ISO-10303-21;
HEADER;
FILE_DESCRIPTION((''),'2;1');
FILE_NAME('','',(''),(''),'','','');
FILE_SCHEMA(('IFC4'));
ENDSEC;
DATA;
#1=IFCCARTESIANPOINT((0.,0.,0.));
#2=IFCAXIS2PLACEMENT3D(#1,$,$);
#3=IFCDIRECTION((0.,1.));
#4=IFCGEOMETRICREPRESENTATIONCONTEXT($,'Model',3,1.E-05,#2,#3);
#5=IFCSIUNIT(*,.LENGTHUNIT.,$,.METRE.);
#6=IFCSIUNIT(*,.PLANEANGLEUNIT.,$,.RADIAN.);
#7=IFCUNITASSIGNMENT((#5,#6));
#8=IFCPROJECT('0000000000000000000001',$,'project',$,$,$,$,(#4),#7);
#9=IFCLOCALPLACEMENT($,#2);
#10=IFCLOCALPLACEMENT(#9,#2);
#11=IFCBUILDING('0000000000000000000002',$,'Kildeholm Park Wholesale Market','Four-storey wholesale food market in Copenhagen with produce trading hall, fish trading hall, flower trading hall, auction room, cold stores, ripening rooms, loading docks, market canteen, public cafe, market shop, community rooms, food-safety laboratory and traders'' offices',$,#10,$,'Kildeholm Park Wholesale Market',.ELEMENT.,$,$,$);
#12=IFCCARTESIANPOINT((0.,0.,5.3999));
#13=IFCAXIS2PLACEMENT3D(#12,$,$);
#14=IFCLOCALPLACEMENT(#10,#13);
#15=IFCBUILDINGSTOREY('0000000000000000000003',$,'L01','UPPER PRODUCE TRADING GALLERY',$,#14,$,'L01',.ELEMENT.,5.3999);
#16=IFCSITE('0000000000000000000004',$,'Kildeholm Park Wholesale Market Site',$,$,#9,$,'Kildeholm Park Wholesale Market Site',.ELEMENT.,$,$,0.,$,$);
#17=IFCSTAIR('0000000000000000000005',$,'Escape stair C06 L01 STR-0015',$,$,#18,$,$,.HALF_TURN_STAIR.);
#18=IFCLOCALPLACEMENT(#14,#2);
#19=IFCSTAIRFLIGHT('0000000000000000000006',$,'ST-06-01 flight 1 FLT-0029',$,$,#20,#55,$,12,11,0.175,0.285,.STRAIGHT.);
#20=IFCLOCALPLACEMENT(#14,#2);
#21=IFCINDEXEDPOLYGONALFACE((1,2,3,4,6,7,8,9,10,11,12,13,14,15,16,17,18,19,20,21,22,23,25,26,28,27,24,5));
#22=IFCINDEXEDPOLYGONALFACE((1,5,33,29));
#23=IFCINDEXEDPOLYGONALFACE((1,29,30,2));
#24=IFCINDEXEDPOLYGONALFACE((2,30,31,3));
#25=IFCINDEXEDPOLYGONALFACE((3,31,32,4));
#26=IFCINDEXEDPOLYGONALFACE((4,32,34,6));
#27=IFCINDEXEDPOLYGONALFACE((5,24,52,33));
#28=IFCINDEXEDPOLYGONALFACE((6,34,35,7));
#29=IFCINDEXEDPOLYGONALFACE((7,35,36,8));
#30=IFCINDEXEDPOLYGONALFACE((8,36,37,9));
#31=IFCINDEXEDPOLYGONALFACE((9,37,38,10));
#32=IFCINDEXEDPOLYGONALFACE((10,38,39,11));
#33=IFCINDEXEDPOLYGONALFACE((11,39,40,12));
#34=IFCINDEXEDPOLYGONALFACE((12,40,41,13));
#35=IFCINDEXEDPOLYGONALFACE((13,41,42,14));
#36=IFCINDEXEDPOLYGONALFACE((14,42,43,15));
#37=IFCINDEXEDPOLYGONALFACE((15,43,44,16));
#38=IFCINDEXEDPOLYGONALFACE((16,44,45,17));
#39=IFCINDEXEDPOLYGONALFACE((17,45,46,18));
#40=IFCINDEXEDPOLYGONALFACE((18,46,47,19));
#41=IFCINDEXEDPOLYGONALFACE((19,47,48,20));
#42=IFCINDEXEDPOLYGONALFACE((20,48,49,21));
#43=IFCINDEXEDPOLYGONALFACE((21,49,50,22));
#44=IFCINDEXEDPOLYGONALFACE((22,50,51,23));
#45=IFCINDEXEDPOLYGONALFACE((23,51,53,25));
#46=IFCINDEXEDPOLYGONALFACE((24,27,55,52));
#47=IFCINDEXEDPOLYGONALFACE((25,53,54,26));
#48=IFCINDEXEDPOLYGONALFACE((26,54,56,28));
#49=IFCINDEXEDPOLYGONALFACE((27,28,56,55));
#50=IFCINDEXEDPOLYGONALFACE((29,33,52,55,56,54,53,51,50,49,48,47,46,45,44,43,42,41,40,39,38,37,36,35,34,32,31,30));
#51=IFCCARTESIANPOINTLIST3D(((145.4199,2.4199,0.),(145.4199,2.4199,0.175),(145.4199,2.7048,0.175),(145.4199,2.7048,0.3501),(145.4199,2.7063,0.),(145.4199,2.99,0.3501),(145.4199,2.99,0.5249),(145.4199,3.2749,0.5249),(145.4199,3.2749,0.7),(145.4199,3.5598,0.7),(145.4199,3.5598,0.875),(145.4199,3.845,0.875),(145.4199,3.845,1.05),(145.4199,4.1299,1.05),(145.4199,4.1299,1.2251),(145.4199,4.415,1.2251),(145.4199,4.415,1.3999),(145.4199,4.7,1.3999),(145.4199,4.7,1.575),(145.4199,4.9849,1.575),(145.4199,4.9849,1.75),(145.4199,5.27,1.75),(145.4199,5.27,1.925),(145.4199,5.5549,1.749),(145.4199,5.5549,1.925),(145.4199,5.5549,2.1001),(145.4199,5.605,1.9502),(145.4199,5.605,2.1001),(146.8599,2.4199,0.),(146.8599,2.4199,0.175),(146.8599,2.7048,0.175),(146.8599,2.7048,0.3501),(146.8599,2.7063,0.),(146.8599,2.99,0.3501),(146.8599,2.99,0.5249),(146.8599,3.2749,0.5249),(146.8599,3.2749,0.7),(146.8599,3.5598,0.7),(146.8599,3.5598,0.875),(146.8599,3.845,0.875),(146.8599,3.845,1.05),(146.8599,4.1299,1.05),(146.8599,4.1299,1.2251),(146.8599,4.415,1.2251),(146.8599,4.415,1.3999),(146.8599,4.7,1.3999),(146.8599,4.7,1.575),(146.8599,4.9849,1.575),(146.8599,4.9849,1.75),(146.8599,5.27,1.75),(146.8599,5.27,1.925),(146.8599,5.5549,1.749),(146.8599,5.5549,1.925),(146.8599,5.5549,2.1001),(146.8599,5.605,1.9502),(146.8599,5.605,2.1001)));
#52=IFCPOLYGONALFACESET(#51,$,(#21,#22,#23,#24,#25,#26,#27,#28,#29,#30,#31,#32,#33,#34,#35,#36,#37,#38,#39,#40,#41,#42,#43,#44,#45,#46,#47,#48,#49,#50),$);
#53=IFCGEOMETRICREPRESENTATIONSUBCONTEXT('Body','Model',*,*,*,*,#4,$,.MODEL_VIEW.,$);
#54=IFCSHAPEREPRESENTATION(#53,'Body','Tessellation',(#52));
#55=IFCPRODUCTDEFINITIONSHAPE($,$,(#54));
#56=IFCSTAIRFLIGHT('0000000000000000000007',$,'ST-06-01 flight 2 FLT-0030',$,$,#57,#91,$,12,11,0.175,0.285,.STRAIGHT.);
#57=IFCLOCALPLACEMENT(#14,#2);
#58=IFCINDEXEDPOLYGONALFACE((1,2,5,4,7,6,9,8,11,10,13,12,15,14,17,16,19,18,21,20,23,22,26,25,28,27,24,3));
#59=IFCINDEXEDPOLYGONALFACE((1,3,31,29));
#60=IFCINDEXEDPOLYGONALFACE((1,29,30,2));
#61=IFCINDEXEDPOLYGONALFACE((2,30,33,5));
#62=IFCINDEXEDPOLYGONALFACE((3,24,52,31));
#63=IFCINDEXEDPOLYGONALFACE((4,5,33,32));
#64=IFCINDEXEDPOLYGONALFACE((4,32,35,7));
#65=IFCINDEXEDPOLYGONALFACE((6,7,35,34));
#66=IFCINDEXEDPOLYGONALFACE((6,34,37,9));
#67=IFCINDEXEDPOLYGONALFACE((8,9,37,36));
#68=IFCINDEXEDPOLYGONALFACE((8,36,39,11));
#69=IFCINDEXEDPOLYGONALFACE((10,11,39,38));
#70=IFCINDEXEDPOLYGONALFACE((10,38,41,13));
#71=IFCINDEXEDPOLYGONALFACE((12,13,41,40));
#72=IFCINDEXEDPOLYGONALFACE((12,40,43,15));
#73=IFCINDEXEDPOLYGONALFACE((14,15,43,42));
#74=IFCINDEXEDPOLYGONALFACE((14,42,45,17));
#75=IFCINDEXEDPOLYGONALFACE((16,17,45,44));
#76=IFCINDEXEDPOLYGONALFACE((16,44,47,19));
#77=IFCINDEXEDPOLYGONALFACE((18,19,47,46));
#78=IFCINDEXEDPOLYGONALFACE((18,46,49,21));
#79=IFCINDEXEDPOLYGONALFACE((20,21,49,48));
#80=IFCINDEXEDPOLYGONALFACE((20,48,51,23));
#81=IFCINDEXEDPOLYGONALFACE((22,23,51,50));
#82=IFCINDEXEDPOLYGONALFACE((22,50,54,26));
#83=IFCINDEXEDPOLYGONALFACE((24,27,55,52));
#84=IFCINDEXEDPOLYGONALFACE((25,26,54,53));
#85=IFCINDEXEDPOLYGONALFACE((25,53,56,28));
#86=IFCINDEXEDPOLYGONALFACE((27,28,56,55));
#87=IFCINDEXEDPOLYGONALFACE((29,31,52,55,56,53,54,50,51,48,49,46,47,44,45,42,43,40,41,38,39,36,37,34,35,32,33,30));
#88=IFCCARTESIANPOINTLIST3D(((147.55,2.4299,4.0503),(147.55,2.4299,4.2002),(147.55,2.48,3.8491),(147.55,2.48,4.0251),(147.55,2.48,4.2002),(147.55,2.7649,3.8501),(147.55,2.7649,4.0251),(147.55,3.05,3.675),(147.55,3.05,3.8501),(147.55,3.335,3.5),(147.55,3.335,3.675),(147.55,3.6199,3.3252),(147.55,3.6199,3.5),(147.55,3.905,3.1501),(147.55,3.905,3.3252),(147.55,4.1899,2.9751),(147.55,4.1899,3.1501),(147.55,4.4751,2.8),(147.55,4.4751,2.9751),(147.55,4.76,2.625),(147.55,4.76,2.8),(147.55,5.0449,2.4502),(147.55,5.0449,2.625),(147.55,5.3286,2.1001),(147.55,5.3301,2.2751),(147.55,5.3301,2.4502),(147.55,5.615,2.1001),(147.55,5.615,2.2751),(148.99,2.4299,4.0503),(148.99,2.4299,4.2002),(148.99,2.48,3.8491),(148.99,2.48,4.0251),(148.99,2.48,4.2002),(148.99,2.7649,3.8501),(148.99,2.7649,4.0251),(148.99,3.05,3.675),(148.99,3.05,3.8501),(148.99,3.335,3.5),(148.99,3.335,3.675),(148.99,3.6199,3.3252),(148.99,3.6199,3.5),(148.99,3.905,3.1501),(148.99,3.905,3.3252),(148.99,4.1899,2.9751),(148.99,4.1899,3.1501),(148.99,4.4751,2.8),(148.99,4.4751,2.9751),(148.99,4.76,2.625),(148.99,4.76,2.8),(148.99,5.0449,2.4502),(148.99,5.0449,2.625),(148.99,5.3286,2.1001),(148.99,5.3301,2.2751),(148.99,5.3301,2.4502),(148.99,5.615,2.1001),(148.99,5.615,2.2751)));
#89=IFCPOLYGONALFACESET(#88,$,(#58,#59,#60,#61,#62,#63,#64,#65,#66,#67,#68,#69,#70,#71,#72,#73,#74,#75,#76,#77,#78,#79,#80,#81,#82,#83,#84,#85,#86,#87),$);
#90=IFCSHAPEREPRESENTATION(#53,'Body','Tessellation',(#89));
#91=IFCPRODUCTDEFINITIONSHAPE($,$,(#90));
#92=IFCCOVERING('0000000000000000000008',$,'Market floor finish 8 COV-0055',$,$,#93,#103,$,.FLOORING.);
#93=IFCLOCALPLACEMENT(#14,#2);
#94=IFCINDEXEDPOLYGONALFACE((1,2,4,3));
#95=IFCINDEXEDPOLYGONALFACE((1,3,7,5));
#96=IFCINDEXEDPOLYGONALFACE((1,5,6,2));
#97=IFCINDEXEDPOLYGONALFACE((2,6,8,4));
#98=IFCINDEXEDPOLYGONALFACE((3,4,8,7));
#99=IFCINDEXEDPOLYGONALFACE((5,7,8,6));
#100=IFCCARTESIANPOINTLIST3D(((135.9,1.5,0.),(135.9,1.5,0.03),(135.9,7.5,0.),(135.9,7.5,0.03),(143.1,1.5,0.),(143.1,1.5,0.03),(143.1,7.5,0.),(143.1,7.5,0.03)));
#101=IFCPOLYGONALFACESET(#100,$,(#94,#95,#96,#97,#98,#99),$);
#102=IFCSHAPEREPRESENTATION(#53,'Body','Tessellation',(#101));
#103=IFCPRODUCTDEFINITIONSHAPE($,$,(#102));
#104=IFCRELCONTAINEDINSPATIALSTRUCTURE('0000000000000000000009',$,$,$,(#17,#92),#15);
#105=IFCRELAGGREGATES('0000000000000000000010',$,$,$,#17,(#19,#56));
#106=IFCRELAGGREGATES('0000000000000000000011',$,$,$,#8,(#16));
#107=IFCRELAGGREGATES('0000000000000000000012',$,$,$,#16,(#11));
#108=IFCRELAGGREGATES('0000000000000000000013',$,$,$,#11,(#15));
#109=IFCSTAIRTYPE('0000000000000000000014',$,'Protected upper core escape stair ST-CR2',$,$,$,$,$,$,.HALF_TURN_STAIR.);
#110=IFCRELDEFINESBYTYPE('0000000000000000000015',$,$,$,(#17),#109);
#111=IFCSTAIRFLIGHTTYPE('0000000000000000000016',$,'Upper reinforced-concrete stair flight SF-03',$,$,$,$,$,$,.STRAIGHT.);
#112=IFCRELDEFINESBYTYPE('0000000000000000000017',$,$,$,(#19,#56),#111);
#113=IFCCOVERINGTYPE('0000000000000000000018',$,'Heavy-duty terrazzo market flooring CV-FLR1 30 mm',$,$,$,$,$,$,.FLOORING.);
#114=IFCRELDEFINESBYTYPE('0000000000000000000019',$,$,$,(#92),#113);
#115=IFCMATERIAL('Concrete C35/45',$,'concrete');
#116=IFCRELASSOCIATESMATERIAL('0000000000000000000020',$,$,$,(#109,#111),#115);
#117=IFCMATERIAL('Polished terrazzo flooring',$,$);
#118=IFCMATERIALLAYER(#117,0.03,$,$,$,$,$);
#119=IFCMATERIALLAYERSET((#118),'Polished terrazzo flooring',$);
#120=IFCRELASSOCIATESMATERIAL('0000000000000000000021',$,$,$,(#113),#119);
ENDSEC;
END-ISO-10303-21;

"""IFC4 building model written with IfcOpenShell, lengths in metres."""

from ifc_helpers import new_model, si_unit, direction, frame, origin, origin_2d, place, context, subcontext, project, spatial, polyline, rectangle, outline, extrude, material, layer, layer_set, type_object, element, aggregate, save


model = new_model("IFC4")

# Units and contexts
model_context = context("Model", 3, precision=1e-05, world=origin(), true_north=direction((0.0, 1.0)))
body_context = subcontext(model_context, "Body", "Model", "MODEL_VIEW")
ifc_project = project(units=[si_unit("LENGTHUNIT", "METRE"), si_unit("PLANEANGLEUNIT", "RADIAN")], contexts=[model_context])

# Site, building, storey
site_placement = place(None, origin())
site = spatial("IfcSite", under=ifc_project, at=site_placement, Name="Kildeholm Park Wholesale Market Site", LongName="Kildeholm Park Wholesale Market Site", CompositionType="ELEMENT", RefElevation=0.0)
building_placement = place(site_placement, origin())
building = spatial("IfcBuilding", under=site, at=building_placement, Name="Kildeholm Park Wholesale Market", Description="Four-storey wholesale food market in Copenhagen with produce trading hall, fish trading hall, flower trading hall, auction room, cold stores, ripening rooms, loading docks, market canteen, public cafe, market shop, community rooms, food-safety laboratory and traders' offices", LongName="Kildeholm Park Wholesale Market", CompositionType="ELEMENT")
storey_placement = place(building_placement, frame((0.0, 0.0, 5.3999)))
storey = spatial("IfcBuildingStorey", under=building, at=storey_placement, Name="L01", Description="UPPER PRODUCE TRADING GALLERY", LongName="L01", CompositionType="ELEMENT", Elevation=5.3999)

# Stair, stair flights
ifc_material_1 = material(Name="Concrete C35/45", Category="concrete")
stair_type = type_object("IfcStairType", Name="Protected upper core escape stair ST-CR2", PredefinedType="HALF_TURN_STAIR", material=ifc_material_1)
stair_placement = place(storey_placement, origin())
stair = element("IfcStair", 1, at=stair_placement, inside=storey, type_object=stair_type, Name="Escape stair C06 L01 STR-0015", PredefinedType="HALF_TURN_STAIR")
stair_flight_type = type_object("IfcStairFlightType", Name="Upper reinforced-concrete stair flight SF-03", PredefinedType="STRAIGHT", material=ifc_material_1)
stair_flight_1_placement = place(storey_placement, frame((146.1399, 2.4199, 0.0), z_axis=(0.0, 0.0, 1.0), x_axis=(0.0, 1.0, 0.0)))
stair_flight_1 = element("IfcStairFlight", 2, at=stair_flight_1_placement, type_object=stair_flight_type, Name="ST-06-01 flight 1 FLT-0029", NumberOfRisers=12, NumberOfTreads=11, PredefinedType="STRAIGHT", RiserHeight=0.175, TreadLength=0.285, context=body_context, shape_type="SweptSolid", body=[
    extrude(outline(polyline([(0.0, 0.0), (0.0, 0.175), (0.2849, 0.175), (0.2849, 0.3501), (0.5701, 0.3501), (0.5701, 0.5249), (0.855, 0.5249), (0.855, 0.7), (1.1399, 0.7), (1.1399, 0.875), (1.425, 0.875), (1.425, 1.05), (1.71, 1.05), (1.71, 1.2251), (1.9951, 1.2251), (1.9951, 1.3999), (2.28, 1.3999), (2.28, 1.575), (2.5649, 1.575), (2.5649, 1.75), (2.8501, 1.75), (2.8501, 1.925), (3.135, 1.925), (3.135, 2.1001), (3.1851, 2.1001), (3.1851, 1.9502), (3.135, 1.749), (0.2864, 0.0), (0.0, 0.0)])), frame((0.0, 0.72, 0.0), z_axis=(0.0, -1.0, 0.0), x_axis=(1.0, 0.0, 0.0)), (0.0, 0.0, 1.0), 1.4399),
])
stair_flight_2_placement = place(storey_placement, frame((148.27, 5.615, 2.1001), z_axis=(0.0, 0.0, 1.0), x_axis=(0.0, -1.0, 0.0)))
stair_flight_2 = element("IfcStairFlight", 3, at=stair_flight_2_placement, type_object=stair_flight_type, Name="ST-06-01 flight 2 FLT-0030", NumberOfRisers=12, NumberOfTreads=11, PredefinedType="STRAIGHT", RiserHeight=0.175, TreadLength=0.285, context=body_context, shape_type="SweptSolid", body=[
    extrude(outline(polyline([(0.0, 0.0), (0.0, 0.175), (0.2849, 0.175), (0.2849, 0.3501), (0.5701, 0.3501), (0.5701, 0.5249), (0.855, 0.5249), (0.855, 0.7), (1.1399, 0.7), (1.1399, 0.875), (1.425, 0.875), (1.425, 1.05), (1.71, 1.05), (1.71, 1.2251), (1.9951, 1.2251), (1.9951, 1.3999), (2.28, 1.3999), (2.28, 1.575), (2.5649, 1.575), (2.5649, 1.75), (2.8501, 1.75), (2.8501, 1.925), (3.135, 1.925), (3.135, 2.1001), (3.1851, 2.1001), (3.1851, 1.9502), (3.135, 1.749), (0.2864, 0.0), (0.0, 0.0)])), frame((0.0, 0.72, 0.0), z_axis=(0.0, -1.0, 0.0), x_axis=(1.0, 0.0, 0.0)), (0.0, 0.0, 1.0), 1.4399),
])
aggregate(stair, [stair_flight_1, stair_flight_2])

# Covering
ifc_material_2 = material(Name="Polished terrazzo flooring")
ifc_layer_1 = layer(ifc_material_2, 0.03)
ifc_layer_set_1 = layer_set([ifc_layer_1], Name="Polished terrazzo flooring")
covering_type_1 = type_object("IfcCoveringType", Name="Heavy-duty terrazzo market flooring CV-FLR1 30 mm", PredefinedType="FLOORING", material=ifc_layer_set_1)
covering_1_placement = place(storey_placement, frame((139.5, 4.5, 0.0), z_axis=(0.0, 0.0, 1.0), x_axis=(1.0, 0.0, 0.0)))
element("IfcCovering", 4, at=covering_1_placement, inside=storey, type_object=covering_type_1, Name="Market floor finish 8 COV-0055", PredefinedType="FLOORING", context=body_context, shape_type="SweptSolid", body=[
    extrude(rectangle(XDim=7.2, YDim=6.0, at=origin_2d()), origin(), (0.0, 0.0, 1.0), 0.03),
])

save(model, "model.ifc")
